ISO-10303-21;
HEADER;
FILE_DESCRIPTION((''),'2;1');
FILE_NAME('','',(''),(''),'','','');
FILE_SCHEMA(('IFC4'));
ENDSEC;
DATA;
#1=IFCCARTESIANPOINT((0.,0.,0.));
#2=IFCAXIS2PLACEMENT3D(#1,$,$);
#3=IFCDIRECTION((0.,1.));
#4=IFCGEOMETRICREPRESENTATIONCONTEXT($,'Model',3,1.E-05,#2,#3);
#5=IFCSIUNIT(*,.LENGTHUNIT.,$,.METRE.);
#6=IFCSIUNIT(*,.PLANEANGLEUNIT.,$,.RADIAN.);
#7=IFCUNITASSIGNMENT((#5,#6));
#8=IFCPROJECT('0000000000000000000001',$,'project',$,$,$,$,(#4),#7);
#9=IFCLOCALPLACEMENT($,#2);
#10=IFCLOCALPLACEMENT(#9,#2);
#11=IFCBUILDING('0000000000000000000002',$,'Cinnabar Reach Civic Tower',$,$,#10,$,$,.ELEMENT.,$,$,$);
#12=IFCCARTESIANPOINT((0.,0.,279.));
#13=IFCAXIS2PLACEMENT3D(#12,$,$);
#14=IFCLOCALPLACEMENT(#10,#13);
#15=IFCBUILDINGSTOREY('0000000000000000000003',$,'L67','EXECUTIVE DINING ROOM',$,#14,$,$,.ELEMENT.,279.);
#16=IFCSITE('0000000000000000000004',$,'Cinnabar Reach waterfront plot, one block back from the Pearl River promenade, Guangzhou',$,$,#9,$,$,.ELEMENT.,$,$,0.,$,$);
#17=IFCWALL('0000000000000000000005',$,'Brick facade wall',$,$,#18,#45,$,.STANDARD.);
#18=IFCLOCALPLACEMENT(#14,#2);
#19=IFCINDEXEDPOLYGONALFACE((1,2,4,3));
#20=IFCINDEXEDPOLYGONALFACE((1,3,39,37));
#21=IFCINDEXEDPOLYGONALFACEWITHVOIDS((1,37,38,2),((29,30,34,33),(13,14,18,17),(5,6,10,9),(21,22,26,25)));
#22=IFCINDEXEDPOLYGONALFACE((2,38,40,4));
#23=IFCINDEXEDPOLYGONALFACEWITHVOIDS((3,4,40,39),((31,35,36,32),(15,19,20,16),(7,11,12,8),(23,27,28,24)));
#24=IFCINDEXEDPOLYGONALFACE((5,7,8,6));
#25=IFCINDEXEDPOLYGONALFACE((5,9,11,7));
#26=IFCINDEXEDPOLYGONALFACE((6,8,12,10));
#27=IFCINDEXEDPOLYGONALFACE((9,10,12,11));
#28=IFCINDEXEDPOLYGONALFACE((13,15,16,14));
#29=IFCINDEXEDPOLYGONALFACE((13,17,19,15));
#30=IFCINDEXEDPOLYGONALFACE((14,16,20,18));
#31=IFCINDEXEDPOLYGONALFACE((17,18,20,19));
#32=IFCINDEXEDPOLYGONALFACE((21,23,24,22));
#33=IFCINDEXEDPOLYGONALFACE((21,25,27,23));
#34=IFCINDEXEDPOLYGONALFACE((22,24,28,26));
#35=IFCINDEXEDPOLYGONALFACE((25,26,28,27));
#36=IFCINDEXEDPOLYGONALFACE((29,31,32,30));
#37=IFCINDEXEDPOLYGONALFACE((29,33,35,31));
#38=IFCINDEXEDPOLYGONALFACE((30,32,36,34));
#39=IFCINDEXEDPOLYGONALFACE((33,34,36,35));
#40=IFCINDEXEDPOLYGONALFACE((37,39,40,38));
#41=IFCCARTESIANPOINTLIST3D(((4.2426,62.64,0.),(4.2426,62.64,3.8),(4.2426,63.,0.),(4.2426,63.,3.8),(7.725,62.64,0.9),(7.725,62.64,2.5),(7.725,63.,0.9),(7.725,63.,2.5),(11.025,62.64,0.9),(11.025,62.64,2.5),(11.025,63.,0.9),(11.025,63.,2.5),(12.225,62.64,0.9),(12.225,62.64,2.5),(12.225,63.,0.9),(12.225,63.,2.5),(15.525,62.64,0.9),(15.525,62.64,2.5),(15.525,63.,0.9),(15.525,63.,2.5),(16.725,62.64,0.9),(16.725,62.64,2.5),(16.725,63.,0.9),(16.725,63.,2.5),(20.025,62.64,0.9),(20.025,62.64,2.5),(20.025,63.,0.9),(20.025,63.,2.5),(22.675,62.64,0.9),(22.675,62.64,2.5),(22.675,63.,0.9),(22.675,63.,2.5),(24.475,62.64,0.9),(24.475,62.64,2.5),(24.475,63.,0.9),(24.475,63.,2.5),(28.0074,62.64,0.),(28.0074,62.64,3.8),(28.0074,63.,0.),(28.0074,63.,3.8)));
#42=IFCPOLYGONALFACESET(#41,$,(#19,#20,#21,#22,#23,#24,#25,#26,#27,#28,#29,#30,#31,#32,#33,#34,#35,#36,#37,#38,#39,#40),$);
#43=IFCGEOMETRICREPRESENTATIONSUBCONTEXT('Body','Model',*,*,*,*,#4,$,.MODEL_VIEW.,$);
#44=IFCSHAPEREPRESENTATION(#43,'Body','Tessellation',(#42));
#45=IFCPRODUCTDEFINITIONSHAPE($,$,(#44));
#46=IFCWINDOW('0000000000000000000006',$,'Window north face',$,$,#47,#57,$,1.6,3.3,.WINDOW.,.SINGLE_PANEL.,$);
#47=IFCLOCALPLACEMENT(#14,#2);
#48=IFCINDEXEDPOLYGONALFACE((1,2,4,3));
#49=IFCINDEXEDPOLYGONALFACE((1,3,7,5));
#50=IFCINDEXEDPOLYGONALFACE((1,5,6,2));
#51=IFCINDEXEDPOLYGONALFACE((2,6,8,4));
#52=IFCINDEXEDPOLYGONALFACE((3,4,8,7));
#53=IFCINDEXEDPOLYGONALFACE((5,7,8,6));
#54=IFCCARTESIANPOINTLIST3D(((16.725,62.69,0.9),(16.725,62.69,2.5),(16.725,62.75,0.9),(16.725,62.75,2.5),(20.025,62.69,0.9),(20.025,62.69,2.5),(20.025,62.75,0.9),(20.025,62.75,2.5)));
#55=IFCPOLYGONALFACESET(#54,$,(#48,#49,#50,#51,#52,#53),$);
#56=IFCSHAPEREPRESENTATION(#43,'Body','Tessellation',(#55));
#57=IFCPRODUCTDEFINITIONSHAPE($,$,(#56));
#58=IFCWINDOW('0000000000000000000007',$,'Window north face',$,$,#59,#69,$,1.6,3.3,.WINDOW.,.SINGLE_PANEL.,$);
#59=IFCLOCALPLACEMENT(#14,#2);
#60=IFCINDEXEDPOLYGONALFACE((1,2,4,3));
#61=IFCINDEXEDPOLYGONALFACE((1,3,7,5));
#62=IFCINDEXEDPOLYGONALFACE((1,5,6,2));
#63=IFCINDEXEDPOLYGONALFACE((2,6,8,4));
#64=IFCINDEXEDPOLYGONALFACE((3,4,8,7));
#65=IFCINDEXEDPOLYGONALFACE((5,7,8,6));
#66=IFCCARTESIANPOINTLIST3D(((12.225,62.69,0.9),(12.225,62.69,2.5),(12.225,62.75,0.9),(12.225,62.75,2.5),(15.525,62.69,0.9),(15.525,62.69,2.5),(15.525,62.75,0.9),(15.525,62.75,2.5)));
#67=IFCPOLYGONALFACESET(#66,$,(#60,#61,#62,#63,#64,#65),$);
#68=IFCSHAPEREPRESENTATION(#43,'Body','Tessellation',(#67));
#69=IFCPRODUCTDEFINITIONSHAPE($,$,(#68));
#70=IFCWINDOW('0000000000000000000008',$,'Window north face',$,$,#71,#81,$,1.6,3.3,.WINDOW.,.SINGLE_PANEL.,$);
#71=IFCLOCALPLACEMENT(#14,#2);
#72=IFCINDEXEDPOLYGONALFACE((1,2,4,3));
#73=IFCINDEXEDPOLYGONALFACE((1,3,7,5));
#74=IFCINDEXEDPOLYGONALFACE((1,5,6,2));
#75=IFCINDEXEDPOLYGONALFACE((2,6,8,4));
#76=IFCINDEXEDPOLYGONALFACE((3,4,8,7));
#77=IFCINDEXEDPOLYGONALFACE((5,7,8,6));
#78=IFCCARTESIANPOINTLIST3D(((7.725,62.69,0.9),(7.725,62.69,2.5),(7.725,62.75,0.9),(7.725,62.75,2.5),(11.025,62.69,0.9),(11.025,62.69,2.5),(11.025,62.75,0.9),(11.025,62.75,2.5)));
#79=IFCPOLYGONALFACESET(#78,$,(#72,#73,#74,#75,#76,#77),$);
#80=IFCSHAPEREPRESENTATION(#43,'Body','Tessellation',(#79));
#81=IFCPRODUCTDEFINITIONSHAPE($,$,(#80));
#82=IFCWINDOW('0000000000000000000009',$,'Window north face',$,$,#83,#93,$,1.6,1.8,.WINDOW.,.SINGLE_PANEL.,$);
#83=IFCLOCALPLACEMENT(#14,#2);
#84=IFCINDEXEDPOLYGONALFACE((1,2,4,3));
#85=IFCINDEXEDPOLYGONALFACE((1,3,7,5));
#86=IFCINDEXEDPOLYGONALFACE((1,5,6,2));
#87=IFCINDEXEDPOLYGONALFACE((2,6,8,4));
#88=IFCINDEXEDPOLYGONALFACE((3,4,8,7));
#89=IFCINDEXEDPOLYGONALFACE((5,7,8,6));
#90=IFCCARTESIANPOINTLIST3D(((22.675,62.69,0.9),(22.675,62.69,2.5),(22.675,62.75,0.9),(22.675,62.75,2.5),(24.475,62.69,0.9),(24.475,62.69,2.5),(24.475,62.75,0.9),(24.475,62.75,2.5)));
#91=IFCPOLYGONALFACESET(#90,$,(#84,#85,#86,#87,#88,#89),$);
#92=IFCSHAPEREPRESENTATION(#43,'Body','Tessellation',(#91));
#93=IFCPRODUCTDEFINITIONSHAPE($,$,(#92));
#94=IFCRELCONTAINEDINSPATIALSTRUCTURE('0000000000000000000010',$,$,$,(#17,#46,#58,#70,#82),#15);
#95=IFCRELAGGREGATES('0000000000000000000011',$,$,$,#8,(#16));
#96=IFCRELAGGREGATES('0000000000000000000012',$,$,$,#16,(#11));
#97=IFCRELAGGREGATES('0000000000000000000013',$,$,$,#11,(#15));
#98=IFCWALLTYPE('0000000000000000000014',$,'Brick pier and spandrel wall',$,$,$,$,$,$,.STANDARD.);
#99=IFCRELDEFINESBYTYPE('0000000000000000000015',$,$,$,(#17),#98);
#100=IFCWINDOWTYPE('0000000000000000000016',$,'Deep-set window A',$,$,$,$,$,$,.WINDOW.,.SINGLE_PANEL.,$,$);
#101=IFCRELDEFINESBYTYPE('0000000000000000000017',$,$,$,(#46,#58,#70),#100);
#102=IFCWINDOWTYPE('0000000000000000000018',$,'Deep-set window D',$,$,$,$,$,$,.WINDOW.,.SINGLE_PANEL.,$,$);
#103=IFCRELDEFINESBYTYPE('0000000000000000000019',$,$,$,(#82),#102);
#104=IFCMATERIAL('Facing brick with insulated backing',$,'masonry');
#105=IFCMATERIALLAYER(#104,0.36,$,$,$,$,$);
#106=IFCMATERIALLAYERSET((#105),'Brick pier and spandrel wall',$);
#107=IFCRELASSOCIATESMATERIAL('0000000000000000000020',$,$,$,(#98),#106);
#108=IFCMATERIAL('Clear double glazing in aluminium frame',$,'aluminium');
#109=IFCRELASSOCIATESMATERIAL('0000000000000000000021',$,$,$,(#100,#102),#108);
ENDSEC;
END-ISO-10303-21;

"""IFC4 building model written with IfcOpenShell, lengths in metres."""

from ifc_helpers import new_model, si_unit, direction, frame, frame_2d, origin, place, context, subcontext, project, spatial, rectangle, extrude, material, layer, layer_set, type_object, element, fill, save


model = new_model("IFC4")

# Units and contexts
model_context = context("Model", 3, precision=1e-05, world=origin(), true_north=direction((0.0, 1.0)))
body_context = subcontext(model_context, "Body", "Model", "MODEL_VIEW")
ifc_project = project(units=[si_unit("LENGTHUNIT", "METRE"), si_unit("PLANEANGLEUNIT", "RADIAN")], contexts=[model_context])

# Site, building, storey
site_placement = place(None, origin())
site = spatial("IfcSite", under=ifc_project, at=site_placement, Name="Cinnabar Reach waterfront plot, one block back from the Pearl River promenade, Guangzhou", CompositionType="ELEMENT", RefElevation=0.0)
building_placement = place(site_placement, origin())
building = spatial("IfcBuilding", under=site, at=building_placement, Name="Cinnabar Reach Civic Tower", CompositionType="ELEMENT")
storey_placement = place(building_placement, frame((0.0, 0.0, 279.0)))
storey = spatial("IfcBuildingStorey", under=building, at=storey_placement, Name="L67", Description="EXECUTIVE DINING ROOM", CompositionType="ELEMENT", Elevation=279.0)

# Shared definitions
ifc_material_1 = material(Name="Facing brick with insulated backing", Category="masonry")

# Shared definitions
ifc_layer_1 = layer(ifc_material_1, 0.36)
ifc_layer_set_1 = layer_set([ifc_layer_1], Name="Brick pier and spandrel wall")
wall_type_1 = type_object("IfcWallType", Name="Brick pier and spandrel wall", PredefinedType="STANDARD", material=ifc_layer_set_1)
ifc_material_2 = material(Name="Clear double glazing in aluminium frame", Category="aluminium")
window_type_1 = type_object("IfcWindowType", Name="Deep-set window A", PartitioningType="SINGLE_PANEL", PredefinedType="WINDOW", material=ifc_material_2)

# Wall, openings, windows
wall_1_placement = place(storey_placement, frame((28.0074, 62.82, 0.0), z_axis=(0.0, 0.0, 1.0), x_axis=(-1.0, 0.0, 0.0)))
wall_1 = element("IfcWall", 1, at=wall_1_placement, inside=storey, type_object=wall_type_1, Name="Brick facade wall", PredefinedType="STANDARD", context=body_context, shape_type="SweptSolid", body=[
    extrude(rectangle(XDim=23.7648, YDim=0.36, at=frame_2d((11.8824, 0.0))), origin(), (0.0, 0.0, 1.0), 3.8),
])
opening_1_placement = place(wall_1_placement, frame((3.5324, 0.0, 0.9)))
opening_1 = element("IfcOpeningElement", 2, at=opening_1_placement, cuts=wall_1, PredefinedType="OPENING", context=body_context, shape_type="SweptSolid", body=[
    extrude(rectangle(XDim=1.8, YDim=1.6, at=frame_2d((0.9, 0.8))), frame((0.0, 0.19, 0.0), z_axis=(0.0, -1.0, 0.0), x_axis=(1.0, 0.0, 0.0)), (0.0, 0.0, 1.0), 0.38),
])
opening_2_placement = place(wall_1_placement, frame((7.9824, 0.0, 0.9)))
opening_2 = element("IfcOpeningElement", 3, at=opening_2_placement, cuts=wall_1, PredefinedType="OPENING", context=body_context, shape_type="SweptSolid", body=[
    extrude(rectangle(XDim=3.3, YDim=1.6, at=frame_2d((1.65, 0.8))), frame((0.0, 0.19, 0.0), z_axis=(0.0, -1.0, 0.0), x_axis=(1.0, 0.0, 0.0)), (0.0, 0.0, 1.0), 0.38),
])
opening_3_placement = place(wall_1_placement, frame((12.4824, 0.0, 0.9)))
opening_3 = element("IfcOpeningElement", 4, at=opening_3_placement, cuts=wall_1, PredefinedType="OPENING", context=body_context, shape_type="SweptSolid", body=[
    extrude(rectangle(XDim=3.3, YDim=1.6, at=frame_2d((1.65, 0.8))), frame((0.0, 0.19, 0.0), z_axis=(0.0, -1.0, 0.0), x_axis=(1.0, 0.0, 0.0)), (0.0, 0.0, 1.0), 0.38),
])
opening_4_placement = place(wall_1_placement, frame((16.9824, 0.0, 0.9)))
opening_4 = element("IfcOpeningElement", 5, at=opening_4_placement, cuts=wall_1, PredefinedType="OPENING", context=body_context, shape_type="SweptSolid", body=[
    extrude(rectangle(XDim=3.3, YDim=1.6, at=frame_2d((1.65, 0.8))), frame((0.0, 0.19, 0.0), z_axis=(0.0, -1.0, 0.0), x_axis=(1.0, 0.0, 0.0)), (0.0, 0.0, 1.0), 0.38),
])
window_1_placement = place(opening_2_placement, origin())
window_1 = element("IfcWindow", 6, at=window_1_placement, inside=storey, type_object=window_type_1, Name="Window north face", OverallHeight=1.6, OverallWidth=3.3, PartitioningType="SINGLE_PANEL", PredefinedType="WINDOW", context=body_context, shape_type="SweptSolid", body=[
    extrude(rectangle(XDim=3.3, YDim=1.6, at=frame_2d((1.65, 0.8))), frame((0.0, 0.13, 0.0), z_axis=(0.0, -1.0, 0.0), x_axis=(1.0, 0.0, 0.0)), (0.0, 0.0, 1.0), 0.06),
])
fill(opening_2, window_1)
window_2_placement = place(opening_3_placement, origin())
window_2 = element("IfcWindow", 7, at=window_2_placement, inside=storey, type_object=window_type_1, Name="Window north face", OverallHeight=1.6, OverallWidth=3.3, PartitioningType="SINGLE_PANEL", PredefinedType="WINDOW", context=body_context, shape_type="SweptSolid", body=[
    extrude(rectangle(XDim=3.3, YDim=1.6, at=frame_2d((1.65, 0.8))), frame((0.0, 0.13, 0.0), z_axis=(0.0, -1.0, 0.0), x_axis=(1.0, 0.0, 0.0)), (0.0, 0.0, 1.0), 0.06),
])
fill(opening_3, window_2)
window_3_placement = place(opening_4_placement, origin())
window_3 = element("IfcWindow", 8, at=window_3_placement, inside=storey, type_object=window_type_1, Name="Window north face", OverallHeight=1.6, OverallWidth=3.3, PartitioningType="SINGLE_PANEL", PredefinedType="WINDOW", context=body_context, shape_type="SweptSolid", body=[
    extrude(rectangle(XDim=3.3, YDim=1.6, at=frame_2d((1.65, 0.8))), frame((0.0, 0.13, 0.0), z_axis=(0.0, -1.0, 0.0), x_axis=(1.0, 0.0, 0.0)), (0.0, 0.0, 1.0), 0.06),
])
fill(opening_4, window_3)
window_type_2 = type_object("IfcWindowType", Name="Deep-set window D", PartitioningType="SINGLE_PANEL", PredefinedType="WINDOW", material=ifc_material_2)
window_4_placement = place(opening_1_placement, origin())
window_4 = element("IfcWindow", 9, at=window_4_placement, inside=storey, type_object=window_type_2, Name="Window north face", OverallHeight=1.6, OverallWidth=1.8, PartitioningType="SINGLE_PANEL", PredefinedType="WINDOW", context=body_context, shape_type="SweptSolid", body=[
    extrude(rectangle(XDim=1.8, YDim=1.6, at=frame_2d((0.9, 0.8))), frame((0.0, 0.13, 0.0), z_axis=(0.0, -1.0, 0.0), x_axis=(1.0, 0.0, 0.0)), (0.0, 0.0, 1.0), 0.06),
])
fill(opening_1, window_4)

save(model, "model.ifc")
